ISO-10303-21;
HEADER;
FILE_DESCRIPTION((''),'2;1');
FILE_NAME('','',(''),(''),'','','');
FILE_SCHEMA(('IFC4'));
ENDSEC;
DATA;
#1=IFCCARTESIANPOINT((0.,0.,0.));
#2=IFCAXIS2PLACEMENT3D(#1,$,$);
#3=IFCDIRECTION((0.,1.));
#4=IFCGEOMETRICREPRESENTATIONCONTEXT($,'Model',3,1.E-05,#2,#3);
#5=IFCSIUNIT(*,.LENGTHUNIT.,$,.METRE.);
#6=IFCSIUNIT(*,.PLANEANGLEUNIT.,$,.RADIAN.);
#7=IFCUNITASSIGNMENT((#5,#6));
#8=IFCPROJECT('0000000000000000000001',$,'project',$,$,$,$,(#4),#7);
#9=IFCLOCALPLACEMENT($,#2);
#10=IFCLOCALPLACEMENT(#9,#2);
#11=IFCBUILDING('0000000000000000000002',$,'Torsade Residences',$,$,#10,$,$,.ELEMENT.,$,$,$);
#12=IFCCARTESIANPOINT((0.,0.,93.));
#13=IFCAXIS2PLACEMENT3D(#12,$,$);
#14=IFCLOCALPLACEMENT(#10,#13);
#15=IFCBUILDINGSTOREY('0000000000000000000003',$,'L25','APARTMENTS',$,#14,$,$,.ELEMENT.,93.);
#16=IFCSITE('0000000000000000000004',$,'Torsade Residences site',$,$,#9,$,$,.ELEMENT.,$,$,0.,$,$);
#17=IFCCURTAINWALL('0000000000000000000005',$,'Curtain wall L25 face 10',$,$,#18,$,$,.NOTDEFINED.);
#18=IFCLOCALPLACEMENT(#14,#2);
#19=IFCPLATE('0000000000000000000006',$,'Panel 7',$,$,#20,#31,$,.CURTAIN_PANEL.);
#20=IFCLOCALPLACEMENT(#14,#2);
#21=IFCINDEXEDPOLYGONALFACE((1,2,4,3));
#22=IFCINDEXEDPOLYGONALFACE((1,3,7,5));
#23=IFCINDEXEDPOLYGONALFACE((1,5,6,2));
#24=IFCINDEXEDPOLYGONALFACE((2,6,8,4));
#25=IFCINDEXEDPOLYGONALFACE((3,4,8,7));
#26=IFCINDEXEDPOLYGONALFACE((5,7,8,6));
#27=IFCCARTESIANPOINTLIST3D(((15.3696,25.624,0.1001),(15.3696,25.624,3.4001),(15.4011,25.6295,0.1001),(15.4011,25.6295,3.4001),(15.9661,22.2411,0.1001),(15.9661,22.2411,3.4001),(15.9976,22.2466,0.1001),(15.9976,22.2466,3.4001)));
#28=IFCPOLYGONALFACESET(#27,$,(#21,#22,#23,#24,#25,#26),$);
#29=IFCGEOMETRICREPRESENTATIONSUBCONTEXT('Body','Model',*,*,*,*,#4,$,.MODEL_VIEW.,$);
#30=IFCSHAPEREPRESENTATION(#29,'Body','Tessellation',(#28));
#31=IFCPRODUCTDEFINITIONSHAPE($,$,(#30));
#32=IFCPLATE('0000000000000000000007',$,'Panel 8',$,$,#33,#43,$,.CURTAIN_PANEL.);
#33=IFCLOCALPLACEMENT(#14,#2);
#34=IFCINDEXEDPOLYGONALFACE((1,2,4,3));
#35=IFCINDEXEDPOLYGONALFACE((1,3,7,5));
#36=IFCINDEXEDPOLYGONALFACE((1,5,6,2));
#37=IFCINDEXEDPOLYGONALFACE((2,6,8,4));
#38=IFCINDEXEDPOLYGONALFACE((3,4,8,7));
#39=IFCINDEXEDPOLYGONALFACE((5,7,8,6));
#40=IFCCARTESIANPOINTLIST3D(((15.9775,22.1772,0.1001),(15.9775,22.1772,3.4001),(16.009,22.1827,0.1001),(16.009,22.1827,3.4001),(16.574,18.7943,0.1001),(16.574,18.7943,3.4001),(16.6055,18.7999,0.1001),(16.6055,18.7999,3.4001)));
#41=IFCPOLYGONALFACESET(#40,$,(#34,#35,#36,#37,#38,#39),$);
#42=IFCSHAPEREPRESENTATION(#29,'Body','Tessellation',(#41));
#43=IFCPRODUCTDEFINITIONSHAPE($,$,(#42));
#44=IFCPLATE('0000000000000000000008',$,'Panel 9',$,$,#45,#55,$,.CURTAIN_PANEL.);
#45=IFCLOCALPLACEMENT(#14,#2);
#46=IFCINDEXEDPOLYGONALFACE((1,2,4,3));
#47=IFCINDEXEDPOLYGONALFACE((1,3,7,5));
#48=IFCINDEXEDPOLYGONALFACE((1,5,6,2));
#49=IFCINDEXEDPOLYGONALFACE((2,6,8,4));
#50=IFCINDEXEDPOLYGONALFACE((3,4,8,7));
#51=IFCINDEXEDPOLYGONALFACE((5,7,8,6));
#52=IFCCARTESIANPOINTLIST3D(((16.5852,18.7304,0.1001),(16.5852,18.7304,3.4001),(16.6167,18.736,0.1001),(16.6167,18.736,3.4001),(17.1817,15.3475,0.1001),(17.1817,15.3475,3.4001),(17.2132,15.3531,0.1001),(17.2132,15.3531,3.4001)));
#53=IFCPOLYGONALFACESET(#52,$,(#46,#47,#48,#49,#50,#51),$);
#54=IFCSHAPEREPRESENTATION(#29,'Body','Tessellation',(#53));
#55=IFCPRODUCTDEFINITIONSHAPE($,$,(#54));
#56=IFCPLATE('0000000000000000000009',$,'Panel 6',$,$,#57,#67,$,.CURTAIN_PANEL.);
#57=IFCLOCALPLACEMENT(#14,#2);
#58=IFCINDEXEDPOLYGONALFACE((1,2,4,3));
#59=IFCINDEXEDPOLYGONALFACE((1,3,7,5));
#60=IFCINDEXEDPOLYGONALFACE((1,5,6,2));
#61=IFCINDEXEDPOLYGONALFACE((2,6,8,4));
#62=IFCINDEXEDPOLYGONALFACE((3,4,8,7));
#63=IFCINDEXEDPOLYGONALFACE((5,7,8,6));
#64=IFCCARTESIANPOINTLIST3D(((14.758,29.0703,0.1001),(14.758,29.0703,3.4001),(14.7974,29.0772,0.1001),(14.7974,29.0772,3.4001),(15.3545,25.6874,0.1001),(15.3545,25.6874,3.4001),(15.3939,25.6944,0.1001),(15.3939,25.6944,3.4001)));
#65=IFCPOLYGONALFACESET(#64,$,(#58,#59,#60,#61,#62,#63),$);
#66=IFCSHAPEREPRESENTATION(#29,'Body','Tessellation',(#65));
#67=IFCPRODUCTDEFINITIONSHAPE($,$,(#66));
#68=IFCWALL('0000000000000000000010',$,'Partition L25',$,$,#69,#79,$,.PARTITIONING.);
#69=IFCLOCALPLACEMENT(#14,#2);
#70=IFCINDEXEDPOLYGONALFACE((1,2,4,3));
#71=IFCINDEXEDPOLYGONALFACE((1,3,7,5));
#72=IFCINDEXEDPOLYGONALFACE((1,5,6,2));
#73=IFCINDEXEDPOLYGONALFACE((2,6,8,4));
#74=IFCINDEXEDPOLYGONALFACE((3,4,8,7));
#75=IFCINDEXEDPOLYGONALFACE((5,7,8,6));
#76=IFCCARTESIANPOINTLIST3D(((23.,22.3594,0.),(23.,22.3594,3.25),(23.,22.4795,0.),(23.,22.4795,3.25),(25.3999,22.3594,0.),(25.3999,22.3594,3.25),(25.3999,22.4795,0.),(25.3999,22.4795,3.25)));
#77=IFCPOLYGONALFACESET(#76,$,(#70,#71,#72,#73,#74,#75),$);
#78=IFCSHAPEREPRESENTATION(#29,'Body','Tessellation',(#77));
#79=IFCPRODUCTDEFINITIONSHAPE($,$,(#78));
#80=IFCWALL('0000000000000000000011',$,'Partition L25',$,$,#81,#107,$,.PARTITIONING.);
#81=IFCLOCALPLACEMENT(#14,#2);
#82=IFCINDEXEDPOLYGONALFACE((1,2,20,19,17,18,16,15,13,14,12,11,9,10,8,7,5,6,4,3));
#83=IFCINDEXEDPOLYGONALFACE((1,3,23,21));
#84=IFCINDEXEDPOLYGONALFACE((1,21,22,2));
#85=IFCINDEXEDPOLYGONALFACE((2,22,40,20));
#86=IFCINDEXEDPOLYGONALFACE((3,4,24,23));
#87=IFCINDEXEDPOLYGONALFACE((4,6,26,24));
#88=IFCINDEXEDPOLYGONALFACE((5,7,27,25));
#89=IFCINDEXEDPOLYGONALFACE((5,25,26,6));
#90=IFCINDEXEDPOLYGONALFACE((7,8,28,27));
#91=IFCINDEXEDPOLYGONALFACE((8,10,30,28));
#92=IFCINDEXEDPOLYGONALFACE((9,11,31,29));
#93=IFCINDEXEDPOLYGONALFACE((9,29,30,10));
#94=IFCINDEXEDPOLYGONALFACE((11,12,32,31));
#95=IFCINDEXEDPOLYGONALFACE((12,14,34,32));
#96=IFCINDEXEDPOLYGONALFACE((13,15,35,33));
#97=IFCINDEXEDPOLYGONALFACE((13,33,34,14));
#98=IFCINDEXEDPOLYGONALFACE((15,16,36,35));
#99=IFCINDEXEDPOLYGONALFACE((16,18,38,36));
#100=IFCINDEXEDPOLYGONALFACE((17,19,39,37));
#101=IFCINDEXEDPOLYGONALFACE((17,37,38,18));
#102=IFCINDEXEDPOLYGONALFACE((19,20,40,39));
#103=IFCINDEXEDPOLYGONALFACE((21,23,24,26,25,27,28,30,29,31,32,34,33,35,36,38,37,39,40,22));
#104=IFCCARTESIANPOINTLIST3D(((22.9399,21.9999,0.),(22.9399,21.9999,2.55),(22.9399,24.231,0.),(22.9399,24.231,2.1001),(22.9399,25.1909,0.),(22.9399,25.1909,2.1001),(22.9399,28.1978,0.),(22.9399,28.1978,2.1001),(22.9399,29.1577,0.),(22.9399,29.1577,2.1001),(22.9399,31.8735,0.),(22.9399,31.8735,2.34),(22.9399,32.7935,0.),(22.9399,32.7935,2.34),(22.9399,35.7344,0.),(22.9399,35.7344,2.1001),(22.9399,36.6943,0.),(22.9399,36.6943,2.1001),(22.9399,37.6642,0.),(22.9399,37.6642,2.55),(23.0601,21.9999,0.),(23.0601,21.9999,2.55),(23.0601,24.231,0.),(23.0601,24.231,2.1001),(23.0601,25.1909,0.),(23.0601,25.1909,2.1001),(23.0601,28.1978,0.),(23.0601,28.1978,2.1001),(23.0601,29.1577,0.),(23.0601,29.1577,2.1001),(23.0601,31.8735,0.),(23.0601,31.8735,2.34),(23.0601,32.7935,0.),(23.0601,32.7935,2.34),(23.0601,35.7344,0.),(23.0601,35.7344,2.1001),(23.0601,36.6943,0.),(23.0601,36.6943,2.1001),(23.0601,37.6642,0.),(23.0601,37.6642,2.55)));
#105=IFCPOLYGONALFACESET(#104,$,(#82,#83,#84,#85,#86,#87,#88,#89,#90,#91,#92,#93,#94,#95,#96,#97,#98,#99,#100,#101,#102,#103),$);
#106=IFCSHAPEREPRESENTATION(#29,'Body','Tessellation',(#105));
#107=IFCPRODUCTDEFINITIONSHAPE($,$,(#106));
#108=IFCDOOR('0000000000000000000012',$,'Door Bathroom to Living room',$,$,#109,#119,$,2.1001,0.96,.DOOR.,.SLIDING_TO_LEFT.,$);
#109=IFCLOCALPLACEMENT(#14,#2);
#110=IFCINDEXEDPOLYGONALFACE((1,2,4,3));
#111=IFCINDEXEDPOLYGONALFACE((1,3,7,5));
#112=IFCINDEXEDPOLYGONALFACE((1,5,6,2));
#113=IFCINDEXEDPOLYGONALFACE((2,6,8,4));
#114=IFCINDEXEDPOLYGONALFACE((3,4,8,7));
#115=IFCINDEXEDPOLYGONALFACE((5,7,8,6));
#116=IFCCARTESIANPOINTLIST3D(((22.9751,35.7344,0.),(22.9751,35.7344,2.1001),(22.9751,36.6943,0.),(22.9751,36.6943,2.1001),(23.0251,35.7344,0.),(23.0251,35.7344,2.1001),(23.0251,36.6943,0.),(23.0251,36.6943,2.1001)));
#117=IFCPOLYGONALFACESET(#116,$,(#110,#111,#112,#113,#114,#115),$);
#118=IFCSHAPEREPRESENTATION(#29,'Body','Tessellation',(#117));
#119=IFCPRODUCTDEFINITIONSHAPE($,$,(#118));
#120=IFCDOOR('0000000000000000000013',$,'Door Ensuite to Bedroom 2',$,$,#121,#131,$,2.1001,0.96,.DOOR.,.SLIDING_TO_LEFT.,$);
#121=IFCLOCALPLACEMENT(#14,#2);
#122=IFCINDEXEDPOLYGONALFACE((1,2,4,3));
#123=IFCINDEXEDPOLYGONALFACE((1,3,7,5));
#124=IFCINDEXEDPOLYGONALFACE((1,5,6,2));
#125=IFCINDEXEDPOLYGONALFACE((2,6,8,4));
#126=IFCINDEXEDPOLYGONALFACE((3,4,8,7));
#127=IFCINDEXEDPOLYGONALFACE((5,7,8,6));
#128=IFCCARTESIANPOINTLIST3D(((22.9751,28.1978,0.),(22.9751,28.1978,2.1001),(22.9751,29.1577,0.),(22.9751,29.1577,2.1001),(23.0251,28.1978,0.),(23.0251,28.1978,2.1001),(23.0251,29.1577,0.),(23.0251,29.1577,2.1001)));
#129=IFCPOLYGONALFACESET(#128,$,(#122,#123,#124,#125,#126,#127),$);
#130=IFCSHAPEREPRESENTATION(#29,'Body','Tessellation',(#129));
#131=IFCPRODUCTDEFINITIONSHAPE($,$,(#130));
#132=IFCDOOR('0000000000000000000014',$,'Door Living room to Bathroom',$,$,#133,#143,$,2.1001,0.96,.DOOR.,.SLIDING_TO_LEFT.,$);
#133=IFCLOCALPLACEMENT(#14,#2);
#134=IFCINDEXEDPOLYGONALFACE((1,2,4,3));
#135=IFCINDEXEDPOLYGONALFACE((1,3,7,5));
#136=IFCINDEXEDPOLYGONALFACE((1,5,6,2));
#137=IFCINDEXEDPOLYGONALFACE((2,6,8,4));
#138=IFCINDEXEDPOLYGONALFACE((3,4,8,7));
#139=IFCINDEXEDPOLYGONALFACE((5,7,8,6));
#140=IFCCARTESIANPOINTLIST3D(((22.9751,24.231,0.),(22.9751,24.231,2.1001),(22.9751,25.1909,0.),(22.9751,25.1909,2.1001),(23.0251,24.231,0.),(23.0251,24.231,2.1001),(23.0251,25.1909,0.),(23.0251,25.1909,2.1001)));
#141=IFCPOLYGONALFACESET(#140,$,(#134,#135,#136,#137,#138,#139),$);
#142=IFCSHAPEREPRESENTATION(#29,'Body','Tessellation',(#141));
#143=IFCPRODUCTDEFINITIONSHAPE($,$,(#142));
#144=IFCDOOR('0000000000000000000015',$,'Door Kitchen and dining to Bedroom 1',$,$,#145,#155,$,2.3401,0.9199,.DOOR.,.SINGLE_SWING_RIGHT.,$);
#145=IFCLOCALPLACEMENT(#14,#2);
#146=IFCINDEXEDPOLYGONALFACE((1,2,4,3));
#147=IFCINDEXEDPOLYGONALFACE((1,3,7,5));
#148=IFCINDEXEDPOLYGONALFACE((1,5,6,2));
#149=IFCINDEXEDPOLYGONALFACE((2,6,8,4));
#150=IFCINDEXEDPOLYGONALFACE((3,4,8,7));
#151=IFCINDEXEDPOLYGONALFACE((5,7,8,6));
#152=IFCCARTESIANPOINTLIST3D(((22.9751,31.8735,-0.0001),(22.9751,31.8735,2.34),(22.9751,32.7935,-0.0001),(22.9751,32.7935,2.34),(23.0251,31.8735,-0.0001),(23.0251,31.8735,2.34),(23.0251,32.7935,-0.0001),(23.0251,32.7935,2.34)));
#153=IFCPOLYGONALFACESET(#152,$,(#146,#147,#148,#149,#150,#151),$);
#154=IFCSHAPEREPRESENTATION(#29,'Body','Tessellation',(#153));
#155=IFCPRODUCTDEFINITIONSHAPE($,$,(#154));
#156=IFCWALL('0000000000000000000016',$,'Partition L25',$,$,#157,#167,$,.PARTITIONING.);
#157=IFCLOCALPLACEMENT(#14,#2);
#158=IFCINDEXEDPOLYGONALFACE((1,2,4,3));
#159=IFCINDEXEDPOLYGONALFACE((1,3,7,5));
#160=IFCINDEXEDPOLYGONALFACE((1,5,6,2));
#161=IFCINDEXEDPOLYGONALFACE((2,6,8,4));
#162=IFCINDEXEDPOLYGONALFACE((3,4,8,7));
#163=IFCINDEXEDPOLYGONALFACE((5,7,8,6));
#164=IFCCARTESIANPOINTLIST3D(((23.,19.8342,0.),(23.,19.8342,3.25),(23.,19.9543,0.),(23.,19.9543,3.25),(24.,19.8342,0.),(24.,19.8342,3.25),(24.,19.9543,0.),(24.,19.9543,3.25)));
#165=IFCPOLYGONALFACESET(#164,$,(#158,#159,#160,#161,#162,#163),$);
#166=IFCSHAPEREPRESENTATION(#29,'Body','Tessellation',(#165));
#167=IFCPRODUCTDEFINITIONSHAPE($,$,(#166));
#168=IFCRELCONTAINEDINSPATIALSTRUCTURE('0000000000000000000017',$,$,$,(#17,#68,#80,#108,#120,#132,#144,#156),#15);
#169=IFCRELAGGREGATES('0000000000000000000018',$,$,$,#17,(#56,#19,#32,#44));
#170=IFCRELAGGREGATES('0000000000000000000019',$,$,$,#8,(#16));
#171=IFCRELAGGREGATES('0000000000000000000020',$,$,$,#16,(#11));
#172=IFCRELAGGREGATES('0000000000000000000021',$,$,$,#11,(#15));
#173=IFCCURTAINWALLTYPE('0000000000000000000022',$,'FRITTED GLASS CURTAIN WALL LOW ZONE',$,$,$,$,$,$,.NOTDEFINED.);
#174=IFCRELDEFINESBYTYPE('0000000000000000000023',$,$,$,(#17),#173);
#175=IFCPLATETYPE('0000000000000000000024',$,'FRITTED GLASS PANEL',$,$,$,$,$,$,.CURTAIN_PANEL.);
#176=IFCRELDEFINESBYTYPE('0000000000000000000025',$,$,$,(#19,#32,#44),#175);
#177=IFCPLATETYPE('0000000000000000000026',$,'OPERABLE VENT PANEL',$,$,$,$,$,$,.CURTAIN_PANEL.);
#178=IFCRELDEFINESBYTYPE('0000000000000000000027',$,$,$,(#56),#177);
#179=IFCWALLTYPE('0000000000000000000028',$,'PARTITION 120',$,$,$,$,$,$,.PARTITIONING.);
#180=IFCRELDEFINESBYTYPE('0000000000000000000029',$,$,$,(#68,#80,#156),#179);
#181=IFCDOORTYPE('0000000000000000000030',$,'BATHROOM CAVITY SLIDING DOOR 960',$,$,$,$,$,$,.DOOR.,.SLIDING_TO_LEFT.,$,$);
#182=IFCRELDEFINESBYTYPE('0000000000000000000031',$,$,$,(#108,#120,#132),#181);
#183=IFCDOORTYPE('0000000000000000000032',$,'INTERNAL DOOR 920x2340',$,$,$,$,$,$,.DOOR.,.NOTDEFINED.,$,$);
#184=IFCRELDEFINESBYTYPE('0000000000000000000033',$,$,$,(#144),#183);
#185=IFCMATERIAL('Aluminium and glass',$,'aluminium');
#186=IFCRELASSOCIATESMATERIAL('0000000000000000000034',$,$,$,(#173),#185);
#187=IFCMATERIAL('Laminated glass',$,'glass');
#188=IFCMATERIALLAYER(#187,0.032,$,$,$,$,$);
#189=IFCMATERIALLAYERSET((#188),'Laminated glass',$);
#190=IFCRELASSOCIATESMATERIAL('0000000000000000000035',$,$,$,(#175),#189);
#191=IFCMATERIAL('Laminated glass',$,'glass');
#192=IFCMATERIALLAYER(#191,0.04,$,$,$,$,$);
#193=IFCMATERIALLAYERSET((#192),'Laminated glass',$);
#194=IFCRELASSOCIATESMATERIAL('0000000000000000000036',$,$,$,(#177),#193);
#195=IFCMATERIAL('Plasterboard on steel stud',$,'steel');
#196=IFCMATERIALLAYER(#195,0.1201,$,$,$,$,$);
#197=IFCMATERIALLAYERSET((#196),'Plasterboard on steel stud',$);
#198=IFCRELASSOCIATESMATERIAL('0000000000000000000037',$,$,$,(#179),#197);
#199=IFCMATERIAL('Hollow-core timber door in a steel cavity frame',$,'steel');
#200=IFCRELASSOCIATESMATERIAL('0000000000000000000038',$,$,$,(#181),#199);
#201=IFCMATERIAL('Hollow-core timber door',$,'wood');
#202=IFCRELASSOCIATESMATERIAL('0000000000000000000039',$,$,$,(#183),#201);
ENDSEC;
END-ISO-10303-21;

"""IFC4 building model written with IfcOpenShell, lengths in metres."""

from ifc_helpers import new_model, si_unit, direction, frame, frame_2d, origin, origin_2d, place, context, subcontext, project, spatial, rectangle, extrude, material, layer, layer_set, type_object, element, fill, aggregate, save


model = new_model("IFC4")

# Units and contexts
model_context = context("Model", 3, precision=1e-05, world=origin(), true_north=direction((0.0, 1.0)))
body_context = subcontext(model_context, "Body", "Model", "MODEL_VIEW")
ifc_project = project(units=[si_unit("LENGTHUNIT", "METRE"), si_unit("PLANEANGLEUNIT", "RADIAN")], contexts=[model_context])

# Site, building, storey
site_placement = place(None, origin())
site = spatial("IfcSite", under=ifc_project, at=site_placement, Name="Torsade Residences site", CompositionType="ELEMENT", RefElevation=0.0)
building_placement = place(site_placement, origin())
building = spatial("IfcBuilding", under=site, at=building_placement, Name="Torsade Residences", CompositionType="ELEMENT")
storey_placement = place(building_placement, frame((0.0, 0.0, 93.0)))
storey = spatial("IfcBuildingStorey", under=building, at=storey_placement, Name="L25", Description="APARTMENTS", CompositionType="ELEMENT", Elevation=93.0)

# Curtain wall
ifc_material_1 = material(Name="Aluminium and glass", Category="aluminium")
curtain_wall_type = type_object("IfcCurtainWallType", Name="FRITTED GLASS CURTAIN WALL LOW ZONE", PredefinedType="NOTDEFINED", material=ifc_material_1)
curtain_wall_placement = place(storey_placement, origin())
curtain_wall = element("IfcCurtainWall", 1, at=curtain_wall_placement, inside=storey, type_object=curtain_wall_type, Name="Curtain wall L25 face 10", PredefinedType="NOTDEFINED")

# Plates
ifc_material_2 = material(Name="Laminated glass", Category="glass")
ifc_layer_1 = layer(ifc_material_2, 0.032)
ifc_layer_set_1 = layer_set([ifc_layer_1], Name="Laminated glass")
plate_type_1 = type_object("IfcPlateType", Name="FRITTED GLASS PANEL", PredefinedType="CURTAIN_PANEL", material=ifc_layer_set_1)
plate_1_placement = place(storey_placement, frame((15.6836, 23.9353, 0.1001), z_axis=(0.0, 0.0, 1.0), x_axis=(0.173648, -0.984808, 0.0)))
plate_1 = element("IfcPlate", 2, at=plate_1_placement, type_object=plate_type_1, Name="Panel 7", PredefinedType="CURTAIN_PANEL", context=body_context, shape_type="SweptSolid", body=[
    extrude(rectangle(XDim=3.4351, YDim=0.032, at=origin_2d()), origin(), (0.0, 0.0, 1.0), 3.3),
])
plate_2_placement = place(storey_placement, frame((16.2915, 20.4885, 0.1001), z_axis=(0.0, 0.0, 1.0), x_axis=(0.173648, -0.984808, 0.0)))
plate_2 = element("IfcPlate", 3, at=plate_2_placement, type_object=plate_type_1, Name="Panel 8", PredefinedType="CURTAIN_PANEL", context=body_context, shape_type="SweptSolid", body=[
    extrude(rectangle(XDim=3.4351, YDim=0.032, at=origin_2d()), origin(), (0.0, 0.0, 1.0), 3.3),
])
plate_3_placement = place(storey_placement, frame((16.8992, 17.0417, 0.1001), z_axis=(0.0, 0.0, 1.0), x_axis=(0.173648, -0.984808, 0.0)))
plate_3 = element("IfcPlate", 4, at=plate_3_placement, type_object=plate_type_1, Name="Panel 9", PredefinedType="CURTAIN_PANEL", context=body_context, shape_type="SweptSolid", body=[
    extrude(rectangle(XDim=3.4351, YDim=0.032, at=origin_2d()), origin(), (0.0, 0.0, 1.0), 3.3),
])
ifc_material_3 = material(Name="Laminated glass", Category="glass")
ifc_layer_2 = layer(ifc_material_3, 0.04)
ifc_layer_set_2 = layer_set([ifc_layer_2], Name="Laminated glass")
plate_type_2 = type_object("IfcPlateType", Name="OPERABLE VENT PANEL", PredefinedType="CURTAIN_PANEL", material=ifc_layer_set_2)
plate_4_placement = place(storey_placement, frame((15.0759, 27.3823, 0.1001), z_axis=(0.0, 0.0, 1.0), x_axis=(0.173648, -0.984808, 0.0)))
plate_4 = element("IfcPlate", 5, at=plate_4_placement, type_object=plate_type_2, Name="Panel 6", PredefinedType="CURTAIN_PANEL", context=body_context, shape_type="SweptSolid", body=[
    extrude(rectangle(XDim=3.4351, YDim=0.04, at=origin_2d()), origin(), (0.0, 0.0, 1.0), 3.3),
])
aggregate(curtain_wall, [plate_4, plate_1, plate_2, plate_3])

# Wall
ifc_material_4 = material(Name="Plasterboard on steel stud", Category="steel")
ifc_layer_3 = layer(ifc_material_4, 0.1201)
ifc_layer_set_3 = layer_set([ifc_layer_3], Name="Plasterboard on steel stud")
wall_type_1 = type_object("IfcWallType", Name="PARTITION 120", PredefinedType="PARTITIONING", material=ifc_layer_set_3)
wall_1_placement = place(storey_placement, frame((23.0, 22.4194, 0.0), z_axis=(0.0, 0.0, 1.0), x_axis=(1.0, 0.0, 0.0)))
element("IfcWall", 6, at=wall_1_placement, inside=storey, type_object=wall_type_1, Name="Partition L25", PredefinedType="PARTITIONING", context=body_context, shape_type="SweptSolid", body=[
    extrude(rectangle(XDim=2.3999, YDim=0.1201, at=frame_2d((1.2, 0.0))), origin(), (0.0, 0.0, 1.0), 3.25),
])

# Wall, openings, doors
wall_2_placement = place(storey_placement, frame((23.0, 22.0, 0.0), z_axis=(0.0, 0.0, 1.0), x_axis=(0.0, 1.0, 0.0)))
wall_2 = element("IfcWall", 7, at=wall_2_placement, inside=storey, type_object=wall_type_1, Name="Partition L25", PredefinedType="PARTITIONING", context=body_context, shape_type="SweptSolid", body=[
    extrude(rectangle(XDim=15.6643, YDim=0.1201, at=frame_2d((7.832, 0.0))), origin(), (0.0, 0.0, 1.0), 2.55),
])
opening_1_placement = place(wall_2_placement, frame((9.8735, 0.0, 0.0)))
opening_1 = element("IfcOpeningElement", 8, at=opening_1_placement, cuts=wall_2, PredefinedType="OPENING", context=body_context, shape_type="SweptSolid", body=[
    extrude(rectangle(XDim=0.9199, YDim=2.3401, at=frame_2d((0.46, 1.1699))), frame((0.0, 0.0701, 0.0), z_axis=(0.0, -1.0, 0.0), x_axis=(1.0, 0.0, 0.0)), (0.0, 0.0, 1.0), 0.1401),
])
opening_2_placement = place(wall_2_placement, frame((13.7344, 0.0, 0.0)))
opening_2 = element("IfcOpeningElement", 9, at=opening_2_placement, cuts=wall_2, PredefinedType="OPENING", context=body_context, shape_type="SweptSolid", body=[
    extrude(rectangle(XDim=0.96, YDim=2.1001, at=frame_2d((0.48, 1.05))), frame((0.0, 0.0701, 0.0), z_axis=(0.0, -1.0, 0.0), x_axis=(1.0, 0.0, 0.0)), (0.0, 0.0, 1.0), 0.1401),
])
opening_3_placement = place(wall_2_placement, frame((6.1978, 0.0, 0.0)))
opening_3 = element("IfcOpeningElement", 10, at=opening_3_placement, cuts=wall_2, PredefinedType="OPENING", context=body_context, shape_type="SweptSolid", body=[
    extrude(rectangle(XDim=0.96, YDim=2.1001, at=frame_2d((0.48, 1.05))), frame((0.0, 0.0701, 0.0), z_axis=(0.0, -1.0, 0.0), x_axis=(1.0, 0.0, 0.0)), (0.0, 0.0, 1.0), 0.1401),
])
opening_4_placement = place(wall_2_placement, frame((2.231, 0.0, 0.0)))
opening_4 = element("IfcOpeningElement", 11, at=opening_4_placement, cuts=wall_2, PredefinedType="OPENING", context=body_context, shape_type="SweptSolid", body=[
    extrude(rectangle(XDim=0.96, YDim=2.1001, at=frame_2d((0.48, 1.05))), frame((0.0, 0.0701, 0.0), z_axis=(0.0, -1.0, 0.0), x_axis=(1.0, 0.0, 0.0)), (0.0, 0.0, 1.0), 0.1401),
])
ifc_material_5 = material(Name="Hollow-core timber door in a steel cavity frame", Category="steel")
door_type_1 = type_object("IfcDoorType", Name="BATHROOM CAVITY SLIDING DOOR 960", OperationType="SLIDING_TO_LEFT", PredefinedType="DOOR", material=ifc_material_5)
door_1_placement = place(opening_2_placement, origin())
door_1 = element("IfcDoor", 12, at=door_1_placement, inside=storey, type_object=door_type_1, Name="Door Bathroom to Living room", OperationType="SLIDING_TO_LEFT", OverallHeight=2.1001, OverallWidth=0.96, PredefinedType="DOOR", context=body_context, shape_type="SweptSolid", body=[
    extrude(rectangle(XDim=0.96, YDim=2.1001, at=frame_2d((0.48, 1.05))), frame((0.0, 0.0249, 0.0), z_axis=(0.0, -1.0, 0.0), x_axis=(1.0, 0.0, 0.0)), (0.0, 0.0, 1.0), 0.05),
])
fill(opening_2, door_1)
door_2_placement = place(opening_3_placement, origin())
door_2 = element("IfcDoor", 13, at=door_2_placement, inside=storey, type_object=door_type_1, Name="Door Ensuite to Bedroom 2", OperationType="SLIDING_TO_LEFT", OverallHeight=2.1001, OverallWidth=0.96, PredefinedType="DOOR", context=body_context, shape_type="SweptSolid", body=[
    extrude(rectangle(XDim=0.96, YDim=2.1001, at=frame_2d((0.48, 1.05))), frame((0.0, 0.0249, 0.0), z_axis=(0.0, -1.0, 0.0), x_axis=(1.0, 0.0, 0.0)), (0.0, 0.0, 1.0), 0.05),
])
fill(opening_3, door_2)
door_3_placement = place(opening_4_placement, origin())
door_3 = element("IfcDoor", 14, at=door_3_placement, inside=storey, type_object=door_type_1, Name="Door Living room to Bathroom", OperationType="SLIDING_TO_LEFT", OverallHeight=2.1001, OverallWidth=0.96, PredefinedType="DOOR", context=body_context, shape_type="SweptSolid", body=[
    extrude(rectangle(XDim=0.96, YDim=2.1001, at=frame_2d((0.48, 1.05))), frame((0.0, 0.0249, 0.0), z_axis=(0.0, -1.0, 0.0), x_axis=(1.0, 0.0, 0.0)), (0.0, 0.0, 1.0), 0.05),
])
fill(opening_4, door_3)
ifc_material_6 = material(Name="Hollow-core timber door", Category="wood")
door_type_2 = type_object("IfcDoorType", Name="INTERNAL DOOR 920x2340", OperationType="NOTDEFINED", PredefinedType="DOOR", material=ifc_material_6)
door_4_placement = place(opening_1_placement, origin())
door_4 = element("IfcDoor", 15, at=door_4_placement, inside=storey, type_object=door_type_2, Name="Door Kitchen and dining to Bedroom 1", OperationType="SINGLE_SWING_RIGHT", OverallHeight=2.3401, OverallWidth=0.9199, PredefinedType="DOOR", context=body_context, shape_type="SweptSolid", body=[
    extrude(rectangle(XDim=0.9199, YDim=2.3401, at=frame_2d((0.46, 1.1699))), frame((0.0, 0.0249, 0.0), z_axis=(0.0, -1.0, 0.0), x_axis=(1.0, 0.0, 0.0)), (0.0, 0.0, 1.0), 0.05),
])
fill(opening_1, door_4)

# Wall
wall_3_placement = place(storey_placement, frame((23.0, 19.8943, 0.0), z_axis=(0.0, 0.0, 1.0), x_axis=(1.0, 0.0, 0.0)))
element("IfcWall", 16, at=wall_3_placement, inside=storey, type_object=wall_type_1, Name="Partition L25", PredefinedType="PARTITIONING", context=body_context, shape_type="SweptSolid", body=[
    extrude(rectangle(XDim=1.0, YDim=0.1201, at=frame_2d((0.5, 0.0))), origin(), (0.0, 0.0, 1.0), 3.25),
])

save(model, "model.ifc")
